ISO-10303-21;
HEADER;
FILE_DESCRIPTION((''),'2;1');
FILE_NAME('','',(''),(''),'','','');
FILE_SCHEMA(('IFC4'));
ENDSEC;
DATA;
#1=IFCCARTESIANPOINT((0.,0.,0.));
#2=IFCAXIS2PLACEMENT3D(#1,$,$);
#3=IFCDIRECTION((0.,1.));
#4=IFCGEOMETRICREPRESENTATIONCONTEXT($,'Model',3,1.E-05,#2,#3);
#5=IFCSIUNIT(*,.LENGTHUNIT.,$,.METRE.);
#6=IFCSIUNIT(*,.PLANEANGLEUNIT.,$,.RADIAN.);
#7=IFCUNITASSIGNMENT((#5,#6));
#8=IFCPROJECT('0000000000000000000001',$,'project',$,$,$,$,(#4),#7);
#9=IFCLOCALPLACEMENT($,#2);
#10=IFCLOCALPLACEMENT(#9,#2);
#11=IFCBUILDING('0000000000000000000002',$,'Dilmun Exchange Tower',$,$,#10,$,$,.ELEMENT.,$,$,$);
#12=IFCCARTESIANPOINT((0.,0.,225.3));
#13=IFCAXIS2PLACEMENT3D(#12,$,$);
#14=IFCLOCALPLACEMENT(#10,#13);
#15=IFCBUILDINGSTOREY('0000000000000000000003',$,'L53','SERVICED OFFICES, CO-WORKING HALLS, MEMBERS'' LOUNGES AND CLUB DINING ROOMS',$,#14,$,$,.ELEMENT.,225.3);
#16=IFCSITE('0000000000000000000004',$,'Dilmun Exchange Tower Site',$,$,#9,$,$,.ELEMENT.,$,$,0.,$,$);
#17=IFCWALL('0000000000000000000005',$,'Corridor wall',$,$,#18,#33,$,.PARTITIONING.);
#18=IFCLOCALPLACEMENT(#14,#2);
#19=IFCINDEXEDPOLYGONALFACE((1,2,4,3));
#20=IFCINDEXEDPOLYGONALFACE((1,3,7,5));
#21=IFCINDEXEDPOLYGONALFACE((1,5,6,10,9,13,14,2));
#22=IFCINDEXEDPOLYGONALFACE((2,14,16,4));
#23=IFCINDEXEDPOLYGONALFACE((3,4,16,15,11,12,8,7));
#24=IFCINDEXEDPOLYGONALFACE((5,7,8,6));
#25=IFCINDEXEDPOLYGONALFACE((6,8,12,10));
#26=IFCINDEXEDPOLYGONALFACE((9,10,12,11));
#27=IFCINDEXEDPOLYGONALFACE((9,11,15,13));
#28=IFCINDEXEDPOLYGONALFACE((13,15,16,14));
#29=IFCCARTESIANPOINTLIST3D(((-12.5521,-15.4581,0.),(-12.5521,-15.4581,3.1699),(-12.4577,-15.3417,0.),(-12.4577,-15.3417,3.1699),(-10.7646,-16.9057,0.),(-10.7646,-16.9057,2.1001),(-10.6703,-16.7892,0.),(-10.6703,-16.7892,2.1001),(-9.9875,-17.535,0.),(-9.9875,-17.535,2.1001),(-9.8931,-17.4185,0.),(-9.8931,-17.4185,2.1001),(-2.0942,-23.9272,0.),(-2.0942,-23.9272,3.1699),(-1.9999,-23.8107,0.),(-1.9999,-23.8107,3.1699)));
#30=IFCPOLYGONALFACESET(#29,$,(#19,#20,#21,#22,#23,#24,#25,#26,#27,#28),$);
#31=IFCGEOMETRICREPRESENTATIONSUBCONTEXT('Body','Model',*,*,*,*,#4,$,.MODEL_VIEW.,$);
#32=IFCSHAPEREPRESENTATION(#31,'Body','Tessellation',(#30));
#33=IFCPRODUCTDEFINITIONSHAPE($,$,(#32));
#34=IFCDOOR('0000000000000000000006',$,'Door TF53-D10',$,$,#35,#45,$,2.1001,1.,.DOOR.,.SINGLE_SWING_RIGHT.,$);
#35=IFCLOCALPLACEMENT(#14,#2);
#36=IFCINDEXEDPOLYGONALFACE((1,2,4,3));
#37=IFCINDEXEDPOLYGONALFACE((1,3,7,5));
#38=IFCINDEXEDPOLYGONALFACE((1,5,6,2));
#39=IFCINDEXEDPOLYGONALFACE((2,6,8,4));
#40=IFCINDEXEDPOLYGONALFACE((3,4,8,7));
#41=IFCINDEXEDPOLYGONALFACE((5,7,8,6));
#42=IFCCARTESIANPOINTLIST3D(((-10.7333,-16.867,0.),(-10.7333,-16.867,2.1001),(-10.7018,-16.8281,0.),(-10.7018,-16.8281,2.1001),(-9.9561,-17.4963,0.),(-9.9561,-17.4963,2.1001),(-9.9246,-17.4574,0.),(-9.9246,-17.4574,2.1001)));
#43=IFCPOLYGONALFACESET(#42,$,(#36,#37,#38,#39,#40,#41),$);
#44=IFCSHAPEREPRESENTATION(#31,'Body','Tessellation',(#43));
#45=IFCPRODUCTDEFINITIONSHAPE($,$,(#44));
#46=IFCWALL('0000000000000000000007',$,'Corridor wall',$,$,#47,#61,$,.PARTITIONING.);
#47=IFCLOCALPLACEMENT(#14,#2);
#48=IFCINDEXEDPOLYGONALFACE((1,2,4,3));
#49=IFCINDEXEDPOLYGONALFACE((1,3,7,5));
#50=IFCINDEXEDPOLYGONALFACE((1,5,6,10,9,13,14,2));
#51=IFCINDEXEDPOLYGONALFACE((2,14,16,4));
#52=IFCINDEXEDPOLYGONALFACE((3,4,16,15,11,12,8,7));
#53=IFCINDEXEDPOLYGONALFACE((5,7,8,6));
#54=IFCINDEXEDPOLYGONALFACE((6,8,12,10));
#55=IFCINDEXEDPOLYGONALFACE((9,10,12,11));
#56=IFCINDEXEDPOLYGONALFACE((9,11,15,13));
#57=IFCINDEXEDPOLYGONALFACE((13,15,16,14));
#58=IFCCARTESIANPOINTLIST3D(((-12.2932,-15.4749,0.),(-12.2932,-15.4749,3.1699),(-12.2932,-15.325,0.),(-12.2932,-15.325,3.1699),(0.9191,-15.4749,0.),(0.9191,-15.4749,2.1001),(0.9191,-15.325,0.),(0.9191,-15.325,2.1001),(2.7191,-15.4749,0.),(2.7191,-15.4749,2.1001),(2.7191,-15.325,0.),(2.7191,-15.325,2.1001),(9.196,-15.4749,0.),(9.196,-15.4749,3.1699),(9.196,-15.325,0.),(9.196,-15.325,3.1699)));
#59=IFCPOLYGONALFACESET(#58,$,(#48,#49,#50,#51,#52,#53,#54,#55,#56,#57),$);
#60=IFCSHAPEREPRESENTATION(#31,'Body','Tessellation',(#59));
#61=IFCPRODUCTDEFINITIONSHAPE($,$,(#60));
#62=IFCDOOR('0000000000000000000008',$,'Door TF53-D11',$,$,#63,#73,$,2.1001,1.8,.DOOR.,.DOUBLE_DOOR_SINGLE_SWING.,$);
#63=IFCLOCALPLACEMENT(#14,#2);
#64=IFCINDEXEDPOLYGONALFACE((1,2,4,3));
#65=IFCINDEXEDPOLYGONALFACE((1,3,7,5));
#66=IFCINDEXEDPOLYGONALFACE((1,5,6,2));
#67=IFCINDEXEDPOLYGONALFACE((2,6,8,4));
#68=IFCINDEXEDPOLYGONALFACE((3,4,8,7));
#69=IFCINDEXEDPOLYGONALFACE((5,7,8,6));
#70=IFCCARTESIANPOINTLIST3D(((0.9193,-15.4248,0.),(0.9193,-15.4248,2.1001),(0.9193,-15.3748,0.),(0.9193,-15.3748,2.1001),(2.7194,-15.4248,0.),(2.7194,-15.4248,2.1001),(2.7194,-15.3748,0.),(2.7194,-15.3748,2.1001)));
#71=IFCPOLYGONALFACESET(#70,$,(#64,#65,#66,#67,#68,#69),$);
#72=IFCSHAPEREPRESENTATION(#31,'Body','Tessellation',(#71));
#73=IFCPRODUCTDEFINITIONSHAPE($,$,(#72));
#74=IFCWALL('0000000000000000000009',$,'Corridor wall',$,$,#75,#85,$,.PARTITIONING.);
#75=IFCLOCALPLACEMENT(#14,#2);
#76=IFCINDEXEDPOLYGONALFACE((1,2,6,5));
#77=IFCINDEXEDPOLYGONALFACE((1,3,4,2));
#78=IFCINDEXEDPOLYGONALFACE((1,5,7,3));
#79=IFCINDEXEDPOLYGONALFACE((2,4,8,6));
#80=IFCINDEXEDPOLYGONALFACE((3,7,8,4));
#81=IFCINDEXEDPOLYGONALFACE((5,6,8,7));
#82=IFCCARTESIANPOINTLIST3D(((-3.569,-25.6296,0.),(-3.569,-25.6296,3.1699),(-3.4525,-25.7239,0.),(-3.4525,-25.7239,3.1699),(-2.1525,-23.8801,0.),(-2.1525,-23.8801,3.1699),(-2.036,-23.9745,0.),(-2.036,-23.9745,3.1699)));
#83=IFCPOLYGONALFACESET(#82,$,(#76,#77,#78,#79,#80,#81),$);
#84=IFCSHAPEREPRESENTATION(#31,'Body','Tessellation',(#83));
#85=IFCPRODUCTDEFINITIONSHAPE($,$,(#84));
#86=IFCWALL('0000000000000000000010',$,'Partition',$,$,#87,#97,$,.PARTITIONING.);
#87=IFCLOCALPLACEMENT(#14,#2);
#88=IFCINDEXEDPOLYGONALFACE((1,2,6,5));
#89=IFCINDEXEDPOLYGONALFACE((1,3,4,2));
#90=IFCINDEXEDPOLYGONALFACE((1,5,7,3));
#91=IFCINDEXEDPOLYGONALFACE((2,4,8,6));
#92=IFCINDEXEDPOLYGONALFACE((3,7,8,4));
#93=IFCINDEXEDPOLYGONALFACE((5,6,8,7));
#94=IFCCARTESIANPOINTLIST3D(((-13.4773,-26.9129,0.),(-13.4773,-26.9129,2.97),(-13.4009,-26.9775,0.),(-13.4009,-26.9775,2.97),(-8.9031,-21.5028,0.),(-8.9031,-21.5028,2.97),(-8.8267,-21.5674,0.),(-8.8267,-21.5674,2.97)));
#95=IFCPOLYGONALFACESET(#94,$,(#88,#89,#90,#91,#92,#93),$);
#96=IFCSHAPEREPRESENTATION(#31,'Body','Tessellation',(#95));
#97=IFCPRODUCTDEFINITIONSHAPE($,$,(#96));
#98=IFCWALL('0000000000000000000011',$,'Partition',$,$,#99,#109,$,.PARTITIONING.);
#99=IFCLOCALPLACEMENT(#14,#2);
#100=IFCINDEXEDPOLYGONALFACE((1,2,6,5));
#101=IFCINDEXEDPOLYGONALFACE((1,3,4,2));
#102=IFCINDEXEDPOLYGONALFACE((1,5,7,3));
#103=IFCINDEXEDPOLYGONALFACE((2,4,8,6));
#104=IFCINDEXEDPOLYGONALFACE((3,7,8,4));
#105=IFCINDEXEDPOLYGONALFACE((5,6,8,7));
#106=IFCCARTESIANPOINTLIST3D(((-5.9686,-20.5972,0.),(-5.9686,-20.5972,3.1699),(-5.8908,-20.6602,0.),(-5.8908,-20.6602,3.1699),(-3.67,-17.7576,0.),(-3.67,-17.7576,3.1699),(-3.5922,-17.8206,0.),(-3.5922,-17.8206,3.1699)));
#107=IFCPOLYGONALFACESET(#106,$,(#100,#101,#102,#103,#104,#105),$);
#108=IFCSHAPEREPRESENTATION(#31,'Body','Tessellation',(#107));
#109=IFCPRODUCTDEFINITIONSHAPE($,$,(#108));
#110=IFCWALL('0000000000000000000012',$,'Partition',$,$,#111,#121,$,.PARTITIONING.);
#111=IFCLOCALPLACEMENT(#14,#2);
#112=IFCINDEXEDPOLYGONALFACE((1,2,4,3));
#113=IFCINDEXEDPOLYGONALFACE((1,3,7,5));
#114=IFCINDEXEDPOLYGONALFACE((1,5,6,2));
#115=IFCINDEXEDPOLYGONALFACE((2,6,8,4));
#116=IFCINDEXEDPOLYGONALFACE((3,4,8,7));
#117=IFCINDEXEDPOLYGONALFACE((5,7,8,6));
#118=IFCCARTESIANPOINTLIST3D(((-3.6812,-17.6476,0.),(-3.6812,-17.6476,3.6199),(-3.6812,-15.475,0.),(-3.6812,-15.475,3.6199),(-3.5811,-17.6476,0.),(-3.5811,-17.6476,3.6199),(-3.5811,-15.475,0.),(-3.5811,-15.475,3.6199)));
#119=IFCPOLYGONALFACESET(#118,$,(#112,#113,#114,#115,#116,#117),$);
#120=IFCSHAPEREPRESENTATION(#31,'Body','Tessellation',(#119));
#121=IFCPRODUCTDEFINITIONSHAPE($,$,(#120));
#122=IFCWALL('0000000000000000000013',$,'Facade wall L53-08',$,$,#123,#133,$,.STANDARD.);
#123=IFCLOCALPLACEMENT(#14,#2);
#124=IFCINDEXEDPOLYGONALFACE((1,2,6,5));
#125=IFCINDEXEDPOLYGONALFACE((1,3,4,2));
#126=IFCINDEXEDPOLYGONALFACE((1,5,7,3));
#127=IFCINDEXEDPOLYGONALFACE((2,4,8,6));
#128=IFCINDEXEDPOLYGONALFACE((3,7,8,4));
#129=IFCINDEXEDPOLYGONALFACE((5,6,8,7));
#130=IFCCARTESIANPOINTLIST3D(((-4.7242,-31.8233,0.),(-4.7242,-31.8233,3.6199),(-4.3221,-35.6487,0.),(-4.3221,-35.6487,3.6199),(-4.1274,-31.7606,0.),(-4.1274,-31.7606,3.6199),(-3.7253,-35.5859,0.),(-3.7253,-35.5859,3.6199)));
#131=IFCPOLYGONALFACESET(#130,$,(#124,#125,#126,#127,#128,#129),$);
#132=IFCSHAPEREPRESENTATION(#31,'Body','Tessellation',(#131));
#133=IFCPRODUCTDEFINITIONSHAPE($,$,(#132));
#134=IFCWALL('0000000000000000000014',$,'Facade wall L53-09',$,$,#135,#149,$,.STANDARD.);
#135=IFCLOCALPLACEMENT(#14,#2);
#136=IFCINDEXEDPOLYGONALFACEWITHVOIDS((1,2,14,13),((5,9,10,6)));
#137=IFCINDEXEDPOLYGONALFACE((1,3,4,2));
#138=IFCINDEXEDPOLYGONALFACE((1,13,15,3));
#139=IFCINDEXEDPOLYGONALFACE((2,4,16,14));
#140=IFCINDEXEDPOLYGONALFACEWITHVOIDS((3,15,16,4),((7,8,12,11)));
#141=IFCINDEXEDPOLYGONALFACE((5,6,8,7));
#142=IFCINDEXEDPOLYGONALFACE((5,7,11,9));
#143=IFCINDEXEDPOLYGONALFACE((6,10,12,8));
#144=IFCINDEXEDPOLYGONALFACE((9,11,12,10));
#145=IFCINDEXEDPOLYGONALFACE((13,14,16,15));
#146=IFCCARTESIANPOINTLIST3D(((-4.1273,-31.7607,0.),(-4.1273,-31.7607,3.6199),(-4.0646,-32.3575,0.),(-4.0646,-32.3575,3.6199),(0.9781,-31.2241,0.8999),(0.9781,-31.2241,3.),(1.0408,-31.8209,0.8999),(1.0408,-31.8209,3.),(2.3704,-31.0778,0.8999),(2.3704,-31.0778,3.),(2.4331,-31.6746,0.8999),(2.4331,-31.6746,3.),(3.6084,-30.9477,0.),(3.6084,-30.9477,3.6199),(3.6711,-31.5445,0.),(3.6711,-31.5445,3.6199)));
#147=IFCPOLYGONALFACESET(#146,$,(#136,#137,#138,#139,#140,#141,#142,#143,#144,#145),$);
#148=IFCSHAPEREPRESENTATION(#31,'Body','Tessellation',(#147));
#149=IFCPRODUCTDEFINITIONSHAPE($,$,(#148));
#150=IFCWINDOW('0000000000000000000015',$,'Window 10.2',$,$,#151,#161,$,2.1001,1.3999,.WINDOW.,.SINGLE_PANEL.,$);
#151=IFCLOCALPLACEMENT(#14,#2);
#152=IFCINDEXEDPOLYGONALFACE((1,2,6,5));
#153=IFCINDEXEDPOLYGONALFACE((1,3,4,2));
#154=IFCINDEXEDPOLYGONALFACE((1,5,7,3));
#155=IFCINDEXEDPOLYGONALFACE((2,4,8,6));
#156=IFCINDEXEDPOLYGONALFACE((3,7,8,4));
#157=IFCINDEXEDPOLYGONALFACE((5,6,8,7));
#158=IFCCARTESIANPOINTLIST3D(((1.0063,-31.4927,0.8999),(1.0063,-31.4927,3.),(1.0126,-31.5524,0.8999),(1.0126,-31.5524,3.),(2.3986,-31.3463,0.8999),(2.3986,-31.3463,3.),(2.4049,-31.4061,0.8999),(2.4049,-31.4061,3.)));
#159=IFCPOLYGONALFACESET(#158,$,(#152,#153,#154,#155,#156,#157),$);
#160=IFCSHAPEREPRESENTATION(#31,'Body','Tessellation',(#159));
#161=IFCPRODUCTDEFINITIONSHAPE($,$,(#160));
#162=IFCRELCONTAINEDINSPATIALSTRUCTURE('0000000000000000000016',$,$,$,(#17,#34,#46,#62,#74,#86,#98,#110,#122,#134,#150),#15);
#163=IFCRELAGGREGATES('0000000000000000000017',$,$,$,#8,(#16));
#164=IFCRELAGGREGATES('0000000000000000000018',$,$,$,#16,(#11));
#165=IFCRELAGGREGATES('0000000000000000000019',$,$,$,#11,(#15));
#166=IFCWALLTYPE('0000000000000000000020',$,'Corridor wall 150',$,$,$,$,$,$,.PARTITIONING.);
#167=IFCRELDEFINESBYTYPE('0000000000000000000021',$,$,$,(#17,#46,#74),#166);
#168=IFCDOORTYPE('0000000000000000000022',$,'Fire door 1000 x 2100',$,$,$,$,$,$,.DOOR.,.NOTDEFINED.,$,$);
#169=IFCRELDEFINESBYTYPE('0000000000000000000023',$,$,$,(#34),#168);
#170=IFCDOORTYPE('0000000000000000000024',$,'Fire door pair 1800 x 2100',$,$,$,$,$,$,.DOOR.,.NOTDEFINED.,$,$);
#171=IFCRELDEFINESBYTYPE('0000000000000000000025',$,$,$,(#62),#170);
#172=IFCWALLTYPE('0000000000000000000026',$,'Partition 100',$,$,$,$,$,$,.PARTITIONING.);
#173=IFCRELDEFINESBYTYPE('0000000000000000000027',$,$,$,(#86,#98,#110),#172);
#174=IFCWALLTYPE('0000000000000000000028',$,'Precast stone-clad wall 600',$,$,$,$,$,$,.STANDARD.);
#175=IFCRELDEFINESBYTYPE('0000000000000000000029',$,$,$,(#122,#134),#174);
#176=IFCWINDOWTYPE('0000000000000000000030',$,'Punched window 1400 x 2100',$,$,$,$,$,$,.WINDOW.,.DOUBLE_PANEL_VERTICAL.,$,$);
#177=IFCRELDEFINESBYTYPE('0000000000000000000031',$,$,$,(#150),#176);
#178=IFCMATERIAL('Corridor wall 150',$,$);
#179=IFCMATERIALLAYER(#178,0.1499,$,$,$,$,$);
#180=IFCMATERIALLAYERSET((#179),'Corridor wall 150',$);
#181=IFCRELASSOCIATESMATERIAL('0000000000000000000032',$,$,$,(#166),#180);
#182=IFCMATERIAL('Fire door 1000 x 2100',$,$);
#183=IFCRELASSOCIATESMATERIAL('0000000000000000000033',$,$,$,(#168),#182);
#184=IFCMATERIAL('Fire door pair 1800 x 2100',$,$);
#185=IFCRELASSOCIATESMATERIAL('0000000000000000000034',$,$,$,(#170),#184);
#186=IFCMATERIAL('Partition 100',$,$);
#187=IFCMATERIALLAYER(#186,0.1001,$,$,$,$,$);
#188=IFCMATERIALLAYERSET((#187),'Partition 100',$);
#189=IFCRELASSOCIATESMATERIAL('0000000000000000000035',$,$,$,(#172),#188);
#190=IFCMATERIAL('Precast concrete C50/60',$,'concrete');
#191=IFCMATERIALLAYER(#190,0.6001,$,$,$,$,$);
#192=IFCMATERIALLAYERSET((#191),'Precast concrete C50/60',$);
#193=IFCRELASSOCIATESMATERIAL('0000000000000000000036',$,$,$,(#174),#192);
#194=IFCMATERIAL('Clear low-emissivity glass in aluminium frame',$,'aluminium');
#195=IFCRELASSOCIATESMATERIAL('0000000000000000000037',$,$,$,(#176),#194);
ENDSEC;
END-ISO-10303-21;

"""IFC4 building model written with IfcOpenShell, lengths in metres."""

from ifc_helpers import new_model, si_unit, direction, frame, frame_2d, origin, place, context, subcontext, project, spatial, rectangle, extrude, material, layer, layer_set, type_object, element, fill, save


model = new_model("IFC4")

# Units and contexts
model_context = context("Model", 3, precision=1e-05, world=origin(), true_north=direction((0.0, 1.0)))
body_context = subcontext(model_context, "Body", "Model", "MODEL_VIEW")
ifc_project = project(units=[si_unit("LENGTHUNIT", "METRE"), si_unit("PLANEANGLEUNIT", "RADIAN")], contexts=[model_context])

# Site, building, storey
site_placement = place(None, origin())
site = spatial("IfcSite", under=ifc_project, at=site_placement, Name="Dilmun Exchange Tower Site", CompositionType="ELEMENT", RefElevation=0.0)
building_placement = place(site_placement, origin())
building = spatial("IfcBuilding", under=site, at=building_placement, Name="Dilmun Exchange Tower", CompositionType="ELEMENT")
storey_placement = place(building_placement, frame((0.0, 0.0, 225.3)))
storey = spatial("IfcBuildingStorey", under=building, at=storey_placement, Name="L53", Description="SERVICED OFFICES, CO-WORKING HALLS, MEMBERS' LOUNGES AND CLUB DINING ROOMS", CompositionType="ELEMENT", Elevation=225.3)

# Walls, openings, doors
ifc_material_1 = material(Name="Corridor wall 150")
ifc_layer_1 = layer(ifc_material_1, 0.1499)
ifc_layer_set_1 = layer_set([ifc_layer_1], Name="Corridor wall 150")
wall_type_1 = type_object("IfcWallType", Name="Corridor wall 150", PredefinedType="PARTITIONING", material=ifc_layer_set_1)
wall_1_placement = place(storey_placement, frame((-12.5049, -15.3999, 0.0), z_axis=(0.0, 0.0, 1.0), x_axis=(0.777129, -0.629341, 0.0)))
wall_1 = element("IfcWall", 1, at=wall_1_placement, inside=storey, type_object=wall_type_1, Name="Corridor wall", PredefinedType="PARTITIONING", context=body_context, shape_type="SweptSolid", body=[
    extrude(rectangle(XDim=13.457, YDim=0.1499, at=frame_2d((6.7285, 0.0))), origin(), (0.0, 0.0, 1.0), 3.1699),
])
opening_1_placement = place(wall_1_placement, frame((2.3, 0.0, 0.0)))
opening_1 = element("IfcOpeningElement", 2, at=opening_1_placement, cuts=wall_1, PredefinedType="OPENING", context=body_context, shape_type="SweptSolid", body=[
    extrude(rectangle(XDim=1.0, YDim=2.1001, at=frame_2d((0.5, 1.05))), frame((0.0, 0.085, 0.0), z_axis=(0.0, -1.0, 0.0), x_axis=(1.0, 0.0, 0.0)), (0.0, 0.0, 1.0), 0.1699),
])
ifc_material_2 = material(Name="Fire door 1000 x 2100")
door_type_1 = type_object("IfcDoorType", Name="Fire door 1000 x 2100", OperationType="NOTDEFINED", PredefinedType="DOOR", material=ifc_material_2)
door_1_placement = place(opening_1_placement, origin())
door_1 = element("IfcDoor", 3, at=door_1_placement, inside=storey, type_object=door_type_1, Name="Door TF53-D10", OperationType="SINGLE_SWING_RIGHT", OverallHeight=2.1001, OverallWidth=1.0, PredefinedType="DOOR", context=body_context, shape_type="SweptSolid", body=[
    extrude(rectangle(XDim=1.0, YDim=2.1001, at=frame_2d((0.5, 1.05))), frame((0.0, 0.0249, 0.0), z_axis=(0.0, -1.0, 0.0), x_axis=(1.0, 0.0, 0.0)), (0.0, 0.0, 1.0), 0.05),
])
fill(opening_1, door_1)
wall_2_placement = place(storey_placement, frame((-12.2932, -15.3999, 0.0), z_axis=(0.0, 0.0, 1.0), x_axis=(1.0, 0.0, 0.0)))
wall_2 = element("IfcWall", 4, at=wall_2_placement, inside=storey, type_object=wall_type_1, Name="Corridor wall", PredefinedType="PARTITIONING", context=body_context, shape_type="SweptSolid", body=[
    extrude(rectangle(XDim=21.4893, YDim=0.1499, at=frame_2d((10.7446, 0.0))), origin(), (0.0, 0.0, 1.0), 3.1699),
])
opening_2_placement = place(wall_2_placement, frame((13.2124, 0.0, 0.0)))
opening_2 = element("IfcOpeningElement", 5, at=opening_2_placement, cuts=wall_2, PredefinedType="OPENING", context=body_context, shape_type="SweptSolid", body=[
    extrude(rectangle(XDim=1.8, YDim=2.1001, at=frame_2d((0.8999, 1.05))), frame((0.0, 0.085, 0.0), z_axis=(0.0, -1.0, 0.0), x_axis=(1.0, 0.0, 0.0)), (0.0, 0.0, 1.0), 0.1699),
])
ifc_material_3 = material(Name="Fire door pair 1800 x 2100")
door_type_2 = type_object("IfcDoorType", Name="Fire door pair 1800 x 2100", OperationType="NOTDEFINED", PredefinedType="DOOR", material=ifc_material_3)
door_2_placement = place(opening_2_placement, frame((1.8, 0.0, 0.0), z_axis=(0.0, 0.0, 1.0), x_axis=(-1.0, 0.0, 0.0)))
door_2 = element("IfcDoor", 6, at=door_2_placement, inside=storey, type_object=door_type_2, Name="Door TF53-D11", OperationType="DOUBLE_DOOR_SINGLE_SWING", OverallHeight=2.1001, OverallWidth=1.8, PredefinedType="DOOR", context=body_context, shape_type="SweptSolid", body=[
    extrude(rectangle(XDim=1.8, YDim=2.1001, at=frame_2d((0.8999, 1.05))), frame((0.0, 0.0249, 0.0), z_axis=(0.0, -1.0, 0.0), x_axis=(1.0, 0.0, 0.0)), (0.0, 0.0, 1.0), 0.05),
])
fill(opening_2, door_2)

# Walls
wall_3_placement = place(storey_placement, frame((-3.5107, -25.6768, 0.0), z_axis=(0.0, 0.0, 1.0), x_axis=(0.629261, 0.777194, 0.0)))
element("IfcWall", 7, at=wall_3_placement, inside=storey, type_object=wall_type_1, Name="Corridor wall", PredefinedType="PARTITIONING", context=body_context, shape_type="SweptSolid", body=[
    extrude(rectangle(XDim=2.251, YDim=0.1499, at=frame_2d((1.1255, 0.0))), origin(), (0.0, 0.0, 1.0), 3.1699),
])
ifc_material_4 = material(Name="Partition 100")
ifc_layer_2 = layer(ifc_material_4, 0.1001)
ifc_layer_set_2 = layer_set([ifc_layer_2], Name="Partition 100")
wall_type_2 = type_object("IfcWallType", Name="Partition 100", PredefinedType="PARTITIONING", material=ifc_layer_set_2)
wall_4_placement = place(storey_placement, frame((-13.4392, -26.9453, 0.0), z_axis=(0.0, 0.0, 1.0), x_axis=(0.645646, 0.763637, 0.0)))
element("IfcWall", 8, at=wall_4_placement, inside=storey, type_object=wall_type_2, Name="Partition", PredefinedType="PARTITIONING", context=body_context, shape_type="SweptSolid", body=[
    extrude(rectangle(XDim=7.0847, YDim=0.1001, at=frame_2d((3.5425, 0.0))), origin(), (0.0, 0.0, 1.0), 2.97),
])
wall_5_placement = place(storey_placement, frame((-5.9297, -20.6287, 0.0), z_axis=(0.0, 0.0, 1.0), x_axis=(0.629175, 0.777264, 0.0)))
element("IfcWall", 9, at=wall_5_placement, inside=storey, type_object=wall_type_2, Name="Partition", PredefinedType="PARTITIONING", context=body_context, shape_type="SweptSolid", body=[
    extrude(rectangle(XDim=3.6533, YDim=0.1001, at=frame_2d((1.8267, 0.0))), origin(), (0.0, 0.0, 1.0), 3.1699),
])
wall_6_placement = place(storey_placement, frame((-3.6311, -17.6477, 0.0), z_axis=(0.0, 0.0, 1.0), x_axis=(0.0, 1.0, 0.0)))
element("IfcWall", 10, at=wall_6_placement, inside=storey, type_object=wall_type_2, Name="Partition", PredefinedType="PARTITIONING", context=body_context, shape_type="SweptSolid", body=[
    extrude(rectangle(XDim=2.1726, YDim=0.1001, at=frame_2d((1.0864, 0.0))), origin(), (0.0, 0.0, 1.0), 3.6199),
])
ifc_material_5 = material(Name="Precast concrete C50/60", Category="concrete")
ifc_layer_3 = layer(ifc_material_5, 0.6001)
ifc_layer_set_3 = layer_set([ifc_layer_3], Name="Precast concrete C50/60")
wall_type_3 = type_object("IfcWallType", Name="Precast stone-clad wall 600", PredefinedType="STANDARD", material=ifc_layer_set_3)
wall_7_placement = place(storey_placement, frame((-4.0237, -35.6174, 0.0), z_axis=(0.0, 0.0, 1.0), x_axis=(-0.104536, 0.994521, 0.0)))
element("IfcWall", 11, at=wall_7_placement, inside=storey, type_object=wall_type_3, Name="Facade wall L53-08", PredefinedType="STANDARD", context=body_context, shape_type="SweptSolid", body=[
    extrude(rectangle(XDim=3.8464, YDim=0.6001, at=frame_2d((1.9233, 0.0))), origin(), (0.0, 0.0, 1.0), 3.6199),
])

# Wall, opening, window
wall_8_placement = place(storey_placement, frame((-4.0959, -32.0591, 0.0), z_axis=(0.0, 0.0, 1.0), x_axis=(0.994523, 0.104521, 0.0)))
wall_8 = element("IfcWall", 12, at=wall_8_placement, inside=storey, type_object=wall_type_3, Name="Facade wall L53-09", PredefinedType="STANDARD", context=body_context, shape_type="SweptSolid", body=[
    extrude(rectangle(XDim=7.7783, YDim=0.6001, at=frame_2d((3.8892, 0.0))), origin(), (0.0, 0.0, 1.0), 3.6199),
])
opening_3_placement = place(wall_8_placement, frame((5.1335, 0.0, 0.8999)))
opening_3 = element("IfcOpeningElement", 13, at=opening_3_placement, cuts=wall_8, PredefinedType="OPENING", context=body_context, shape_type="SweptSolid", body=[
    extrude(rectangle(XDim=1.3999, YDim=2.1001, at=frame_2d((0.7, 1.05))), frame((0.0, 0.3101, 0.0), z_axis=(0.0, -1.0, 0.0), x_axis=(1.0, 0.0, 0.0)), (0.0, 0.0, 1.0), 0.6201),
])
ifc_material_6 = material(Name="Clear low-emissivity glass in aluminium frame", Category="aluminium")
window_type = type_object("IfcWindowType", Name="Punched window 1400 x 2100", PartitioningType="DOUBLE_PANEL_VERTICAL", PredefinedType="WINDOW", material=ifc_material_6)
window_placement = place(opening_3_placement, origin())
window = element("IfcWindow", 14, at=window_placement, inside=storey, type_object=window_type, Name="Window 10.2", OverallHeight=2.1001, OverallWidth=1.3999, PartitioningType="SINGLE_PANEL", PredefinedType="WINDOW", context=body_context, shape_type="SweptSolid", body=[
    extrude(rectangle(XDim=1.3999, YDim=2.1001, at=frame_2d((0.7, 1.05))), frame((0.0, 0.03, 0.0), z_axis=(0.0, -1.0, 0.0), x_axis=(1.0, 0.0, 0.0)), (0.0, 0.0, 1.0), 0.0601),
])
fill(opening_3, window)

save(model, "model.ifc")
